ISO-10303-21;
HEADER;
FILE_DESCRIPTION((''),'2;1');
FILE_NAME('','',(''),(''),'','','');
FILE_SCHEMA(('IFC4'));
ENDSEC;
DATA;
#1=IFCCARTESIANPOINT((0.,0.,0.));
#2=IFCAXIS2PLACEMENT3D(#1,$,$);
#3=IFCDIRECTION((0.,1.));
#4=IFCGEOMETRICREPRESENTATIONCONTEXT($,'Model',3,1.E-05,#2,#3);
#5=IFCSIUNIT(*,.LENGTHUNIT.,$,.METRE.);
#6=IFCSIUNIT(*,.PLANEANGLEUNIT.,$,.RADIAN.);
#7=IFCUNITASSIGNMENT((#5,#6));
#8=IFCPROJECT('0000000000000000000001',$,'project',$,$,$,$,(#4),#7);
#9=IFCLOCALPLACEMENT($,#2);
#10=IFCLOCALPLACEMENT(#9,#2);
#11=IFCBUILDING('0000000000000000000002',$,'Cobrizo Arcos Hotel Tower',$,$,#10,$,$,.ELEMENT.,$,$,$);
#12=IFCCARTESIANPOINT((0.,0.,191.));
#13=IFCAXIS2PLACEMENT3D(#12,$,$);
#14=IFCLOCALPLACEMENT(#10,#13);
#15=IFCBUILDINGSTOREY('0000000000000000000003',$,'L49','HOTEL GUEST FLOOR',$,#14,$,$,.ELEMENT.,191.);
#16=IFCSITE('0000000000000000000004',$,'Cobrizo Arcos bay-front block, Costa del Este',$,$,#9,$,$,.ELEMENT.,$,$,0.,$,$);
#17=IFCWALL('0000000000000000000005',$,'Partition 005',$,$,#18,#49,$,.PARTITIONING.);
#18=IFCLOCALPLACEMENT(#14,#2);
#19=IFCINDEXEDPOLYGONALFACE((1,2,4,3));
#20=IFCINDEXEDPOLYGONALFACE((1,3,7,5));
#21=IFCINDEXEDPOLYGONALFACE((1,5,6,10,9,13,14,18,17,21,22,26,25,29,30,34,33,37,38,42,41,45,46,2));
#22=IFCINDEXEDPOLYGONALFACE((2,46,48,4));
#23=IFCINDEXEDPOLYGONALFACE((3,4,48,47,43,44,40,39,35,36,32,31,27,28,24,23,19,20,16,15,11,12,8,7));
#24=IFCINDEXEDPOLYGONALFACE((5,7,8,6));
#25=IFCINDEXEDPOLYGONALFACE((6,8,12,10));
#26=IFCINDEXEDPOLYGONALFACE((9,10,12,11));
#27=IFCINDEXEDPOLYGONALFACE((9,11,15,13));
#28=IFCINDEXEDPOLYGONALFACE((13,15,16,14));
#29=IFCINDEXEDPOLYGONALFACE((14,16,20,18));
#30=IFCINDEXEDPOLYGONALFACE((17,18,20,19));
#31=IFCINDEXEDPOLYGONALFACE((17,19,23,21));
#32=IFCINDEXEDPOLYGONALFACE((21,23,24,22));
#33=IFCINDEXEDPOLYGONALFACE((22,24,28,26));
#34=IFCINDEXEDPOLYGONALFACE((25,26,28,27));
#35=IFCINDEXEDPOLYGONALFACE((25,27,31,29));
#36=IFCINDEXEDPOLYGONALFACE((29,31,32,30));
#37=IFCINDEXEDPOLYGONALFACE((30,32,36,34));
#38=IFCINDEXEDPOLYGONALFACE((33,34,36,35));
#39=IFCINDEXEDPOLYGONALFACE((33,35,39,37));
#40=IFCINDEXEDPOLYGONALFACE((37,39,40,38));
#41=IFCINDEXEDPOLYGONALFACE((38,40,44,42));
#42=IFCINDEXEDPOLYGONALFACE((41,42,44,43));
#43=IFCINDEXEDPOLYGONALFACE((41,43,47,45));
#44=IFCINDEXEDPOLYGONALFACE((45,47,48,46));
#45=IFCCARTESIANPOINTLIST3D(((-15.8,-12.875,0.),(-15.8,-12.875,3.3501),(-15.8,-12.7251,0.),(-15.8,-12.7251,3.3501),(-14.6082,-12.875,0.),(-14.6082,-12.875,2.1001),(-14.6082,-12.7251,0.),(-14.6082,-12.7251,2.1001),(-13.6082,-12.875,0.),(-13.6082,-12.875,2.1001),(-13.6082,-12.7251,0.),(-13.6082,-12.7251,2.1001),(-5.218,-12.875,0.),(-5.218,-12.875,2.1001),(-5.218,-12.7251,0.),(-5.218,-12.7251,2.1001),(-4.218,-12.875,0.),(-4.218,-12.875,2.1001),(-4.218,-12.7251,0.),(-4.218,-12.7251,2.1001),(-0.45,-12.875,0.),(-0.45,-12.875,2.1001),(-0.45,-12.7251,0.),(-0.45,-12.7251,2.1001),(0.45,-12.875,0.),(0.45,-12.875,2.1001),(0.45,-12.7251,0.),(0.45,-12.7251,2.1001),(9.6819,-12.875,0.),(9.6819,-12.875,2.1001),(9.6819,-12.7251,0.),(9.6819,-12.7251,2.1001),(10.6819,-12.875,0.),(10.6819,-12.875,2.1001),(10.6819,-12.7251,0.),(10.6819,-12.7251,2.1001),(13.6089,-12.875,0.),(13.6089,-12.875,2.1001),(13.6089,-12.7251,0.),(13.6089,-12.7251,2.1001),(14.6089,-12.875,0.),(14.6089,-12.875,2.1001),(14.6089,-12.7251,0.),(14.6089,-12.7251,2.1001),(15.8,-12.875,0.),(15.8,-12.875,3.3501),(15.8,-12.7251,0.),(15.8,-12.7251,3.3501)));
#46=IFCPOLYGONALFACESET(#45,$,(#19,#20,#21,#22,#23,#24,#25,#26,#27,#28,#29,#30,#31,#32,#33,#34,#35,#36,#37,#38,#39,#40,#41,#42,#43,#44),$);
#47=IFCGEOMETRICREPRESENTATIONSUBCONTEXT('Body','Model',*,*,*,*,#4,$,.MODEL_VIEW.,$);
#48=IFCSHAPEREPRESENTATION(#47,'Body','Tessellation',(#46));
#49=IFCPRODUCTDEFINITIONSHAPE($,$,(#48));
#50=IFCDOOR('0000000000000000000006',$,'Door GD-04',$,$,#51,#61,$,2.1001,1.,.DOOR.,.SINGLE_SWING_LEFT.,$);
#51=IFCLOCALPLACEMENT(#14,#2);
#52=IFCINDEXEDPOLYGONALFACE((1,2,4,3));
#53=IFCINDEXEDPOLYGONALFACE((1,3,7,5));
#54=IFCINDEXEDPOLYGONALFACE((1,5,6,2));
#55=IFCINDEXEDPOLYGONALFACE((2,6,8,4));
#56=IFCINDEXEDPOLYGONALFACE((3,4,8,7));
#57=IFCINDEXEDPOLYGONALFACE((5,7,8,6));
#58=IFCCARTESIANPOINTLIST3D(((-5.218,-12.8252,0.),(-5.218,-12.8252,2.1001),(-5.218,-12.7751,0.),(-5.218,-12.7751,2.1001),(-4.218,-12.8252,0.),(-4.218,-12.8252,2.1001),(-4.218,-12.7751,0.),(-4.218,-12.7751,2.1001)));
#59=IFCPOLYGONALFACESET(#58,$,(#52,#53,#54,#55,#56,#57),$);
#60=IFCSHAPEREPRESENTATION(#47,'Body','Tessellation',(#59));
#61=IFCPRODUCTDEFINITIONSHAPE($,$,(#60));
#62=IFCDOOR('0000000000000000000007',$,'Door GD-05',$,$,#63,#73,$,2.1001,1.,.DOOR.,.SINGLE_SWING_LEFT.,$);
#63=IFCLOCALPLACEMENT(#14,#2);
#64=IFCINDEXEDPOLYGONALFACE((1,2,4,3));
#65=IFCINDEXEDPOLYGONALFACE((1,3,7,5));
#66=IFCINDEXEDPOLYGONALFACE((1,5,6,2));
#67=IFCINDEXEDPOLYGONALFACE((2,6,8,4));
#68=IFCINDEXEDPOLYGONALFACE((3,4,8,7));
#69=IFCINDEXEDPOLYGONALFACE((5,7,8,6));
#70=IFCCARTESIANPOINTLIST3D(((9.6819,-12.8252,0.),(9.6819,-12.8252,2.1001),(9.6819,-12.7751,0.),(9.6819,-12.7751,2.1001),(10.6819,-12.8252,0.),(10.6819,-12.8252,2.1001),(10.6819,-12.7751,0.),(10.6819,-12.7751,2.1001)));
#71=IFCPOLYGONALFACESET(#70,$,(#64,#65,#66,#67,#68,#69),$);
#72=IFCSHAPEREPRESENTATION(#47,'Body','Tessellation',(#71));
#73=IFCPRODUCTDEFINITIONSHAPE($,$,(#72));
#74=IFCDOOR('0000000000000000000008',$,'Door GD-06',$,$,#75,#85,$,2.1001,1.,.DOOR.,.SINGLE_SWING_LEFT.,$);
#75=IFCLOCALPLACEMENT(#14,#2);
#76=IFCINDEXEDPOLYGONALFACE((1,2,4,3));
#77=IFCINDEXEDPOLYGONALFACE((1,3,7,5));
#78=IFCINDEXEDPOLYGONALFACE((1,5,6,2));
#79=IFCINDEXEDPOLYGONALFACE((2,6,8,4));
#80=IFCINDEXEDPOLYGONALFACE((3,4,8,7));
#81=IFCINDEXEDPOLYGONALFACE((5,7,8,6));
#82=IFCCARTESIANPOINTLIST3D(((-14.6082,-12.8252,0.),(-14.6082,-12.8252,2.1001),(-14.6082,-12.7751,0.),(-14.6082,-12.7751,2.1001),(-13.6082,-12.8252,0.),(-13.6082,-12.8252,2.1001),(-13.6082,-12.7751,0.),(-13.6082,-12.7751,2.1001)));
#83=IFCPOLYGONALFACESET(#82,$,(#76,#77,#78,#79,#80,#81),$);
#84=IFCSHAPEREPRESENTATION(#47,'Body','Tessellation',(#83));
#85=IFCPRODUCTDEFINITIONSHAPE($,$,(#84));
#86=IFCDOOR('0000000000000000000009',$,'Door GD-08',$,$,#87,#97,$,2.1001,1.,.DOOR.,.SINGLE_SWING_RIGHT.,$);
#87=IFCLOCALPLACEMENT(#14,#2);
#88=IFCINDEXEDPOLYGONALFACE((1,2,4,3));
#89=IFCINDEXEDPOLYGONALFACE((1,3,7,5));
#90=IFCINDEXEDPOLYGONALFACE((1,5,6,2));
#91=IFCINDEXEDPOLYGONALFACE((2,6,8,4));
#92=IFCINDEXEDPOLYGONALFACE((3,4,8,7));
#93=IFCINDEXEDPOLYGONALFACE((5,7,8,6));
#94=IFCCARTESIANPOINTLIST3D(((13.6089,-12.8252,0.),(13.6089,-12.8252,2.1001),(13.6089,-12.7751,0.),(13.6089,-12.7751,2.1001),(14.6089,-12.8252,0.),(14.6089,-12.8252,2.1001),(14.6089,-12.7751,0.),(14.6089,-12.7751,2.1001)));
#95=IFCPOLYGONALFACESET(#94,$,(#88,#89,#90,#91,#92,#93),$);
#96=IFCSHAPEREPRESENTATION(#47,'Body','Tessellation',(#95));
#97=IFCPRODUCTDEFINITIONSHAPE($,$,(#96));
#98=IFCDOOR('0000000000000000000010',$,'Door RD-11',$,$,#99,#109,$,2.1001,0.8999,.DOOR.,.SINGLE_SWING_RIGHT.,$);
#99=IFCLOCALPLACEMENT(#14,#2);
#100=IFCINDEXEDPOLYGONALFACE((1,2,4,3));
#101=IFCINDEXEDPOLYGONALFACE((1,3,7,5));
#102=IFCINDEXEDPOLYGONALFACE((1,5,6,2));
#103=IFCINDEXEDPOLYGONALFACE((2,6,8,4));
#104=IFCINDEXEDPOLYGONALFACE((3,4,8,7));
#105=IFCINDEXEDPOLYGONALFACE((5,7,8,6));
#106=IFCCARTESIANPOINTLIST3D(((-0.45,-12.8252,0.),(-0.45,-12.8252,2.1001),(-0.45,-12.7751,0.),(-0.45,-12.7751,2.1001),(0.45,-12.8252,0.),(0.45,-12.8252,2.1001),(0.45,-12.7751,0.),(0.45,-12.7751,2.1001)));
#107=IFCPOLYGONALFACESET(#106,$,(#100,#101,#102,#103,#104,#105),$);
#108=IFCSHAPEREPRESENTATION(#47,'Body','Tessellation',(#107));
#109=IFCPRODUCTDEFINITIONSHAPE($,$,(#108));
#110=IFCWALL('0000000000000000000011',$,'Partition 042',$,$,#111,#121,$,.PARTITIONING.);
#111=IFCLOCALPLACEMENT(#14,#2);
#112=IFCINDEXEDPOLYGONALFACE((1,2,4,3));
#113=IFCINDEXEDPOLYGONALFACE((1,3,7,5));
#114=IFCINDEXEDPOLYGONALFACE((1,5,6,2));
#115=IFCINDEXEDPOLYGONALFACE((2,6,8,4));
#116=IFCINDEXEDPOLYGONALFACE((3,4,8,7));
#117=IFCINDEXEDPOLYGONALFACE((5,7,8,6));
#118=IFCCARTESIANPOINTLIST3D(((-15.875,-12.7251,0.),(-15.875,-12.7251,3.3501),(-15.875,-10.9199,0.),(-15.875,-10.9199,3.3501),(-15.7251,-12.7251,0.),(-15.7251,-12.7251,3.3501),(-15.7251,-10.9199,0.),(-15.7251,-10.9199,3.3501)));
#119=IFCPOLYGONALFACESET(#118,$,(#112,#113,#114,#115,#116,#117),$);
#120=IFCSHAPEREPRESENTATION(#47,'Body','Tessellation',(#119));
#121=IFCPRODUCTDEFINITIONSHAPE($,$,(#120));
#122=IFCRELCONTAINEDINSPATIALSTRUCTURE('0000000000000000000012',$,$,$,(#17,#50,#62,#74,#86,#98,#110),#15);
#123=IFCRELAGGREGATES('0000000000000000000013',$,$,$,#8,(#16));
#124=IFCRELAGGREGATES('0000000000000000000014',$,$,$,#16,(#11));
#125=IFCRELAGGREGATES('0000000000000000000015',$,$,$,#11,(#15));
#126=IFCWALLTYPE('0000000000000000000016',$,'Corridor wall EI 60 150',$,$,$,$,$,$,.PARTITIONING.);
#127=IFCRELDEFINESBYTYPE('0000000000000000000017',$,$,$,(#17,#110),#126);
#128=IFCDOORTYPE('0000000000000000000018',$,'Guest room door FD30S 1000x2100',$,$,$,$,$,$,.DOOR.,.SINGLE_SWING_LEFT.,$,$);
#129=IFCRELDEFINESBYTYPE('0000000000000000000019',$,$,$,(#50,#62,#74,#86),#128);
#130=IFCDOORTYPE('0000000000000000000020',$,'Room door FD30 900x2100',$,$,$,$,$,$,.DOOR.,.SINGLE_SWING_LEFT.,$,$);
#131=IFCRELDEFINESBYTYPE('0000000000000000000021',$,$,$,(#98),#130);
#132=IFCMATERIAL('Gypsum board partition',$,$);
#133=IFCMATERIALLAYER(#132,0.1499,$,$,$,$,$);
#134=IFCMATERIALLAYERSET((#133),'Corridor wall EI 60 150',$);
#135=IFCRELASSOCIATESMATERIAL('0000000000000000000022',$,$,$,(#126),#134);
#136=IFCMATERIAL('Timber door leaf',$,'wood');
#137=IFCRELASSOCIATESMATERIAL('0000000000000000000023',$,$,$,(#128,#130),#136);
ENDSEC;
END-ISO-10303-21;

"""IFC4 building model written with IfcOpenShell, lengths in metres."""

from ifc_helpers import new_model, si_unit, direction, frame, frame_2d, origin, place, context, subcontext, project, spatial, rectangle, extrude, material, layer, layer_set, type_object, element, fill, save


model = new_model("IFC4")

# Units and contexts
model_context = context("Model", 3, precision=1e-05, world=origin(), true_north=direction((0.0, 1.0)))
body_context = subcontext(model_context, "Body", "Model", "MODEL_VIEW")
ifc_project = project(units=[si_unit("LENGTHUNIT", "METRE"), si_unit("PLANEANGLEUNIT", "RADIAN")], contexts=[model_context])

# Site, building, storey
site_placement = place(None, origin())
site = spatial("IfcSite", under=ifc_project, at=site_placement, Name="Cobrizo Arcos bay-front block, Costa del Este", CompositionType="ELEMENT", RefElevation=0.0)
building_placement = place(site_placement, origin())
building = spatial("IfcBuilding", under=site, at=building_placement, Name="Cobrizo Arcos Hotel Tower", CompositionType="ELEMENT")
storey_placement = place(building_placement, frame((0.0, 0.0, 191.0)))
storey = spatial("IfcBuildingStorey", under=building, at=storey_placement, Name="L49", Description="HOTEL GUEST FLOOR", CompositionType="ELEMENT", Elevation=191.0)

# Wall, openings, doors
ifc_material_1 = material(Name="Gypsum board partition")
ifc_layer_1 = layer(ifc_material_1, 0.1499)
ifc_layer_set_1 = layer_set([ifc_layer_1], Name="Corridor wall EI 60 150")
wall_type_1 = type_object("IfcWallType", Name="Corridor wall EI 60 150", PredefinedType="PARTITIONING", material=ifc_layer_set_1)
wall_1_placement = place(storey_placement, frame((-15.8, -12.8, 0.0), z_axis=(0.0, 0.0, 1.0), x_axis=(1.0, 0.0, 0.0)))
wall_1 = element("IfcWall", 1, at=wall_1_placement, inside=storey, type_object=wall_type_1, Name="Partition 005", PredefinedType="PARTITIONING", context=body_context, shape_type="SweptSolid", body=[
    extrude(rectangle(XDim=31.6001, YDim=0.1499, at=frame_2d((15.8, 0.0))), origin(), (0.0, 0.0, 1.0), 3.3501),
])
opening_1_placement = place(wall_1_placement, frame((10.582, 0.0, 0.0)))
opening_1 = element("IfcOpeningElement", 2, at=opening_1_placement, cuts=wall_1, PredefinedType="OPENING", context=body_context, shape_type="SweptSolid", body=[
    extrude(rectangle(XDim=1.0, YDim=2.1001, at=frame_2d((0.5, 1.05))), frame((0.0, 0.0869, 0.0), z_axis=(0.0, -1.0, 0.0), x_axis=(1.0, 0.0, 0.0)), (0.0, 0.0, 1.0), 0.1738),
])
opening_2_placement = place(wall_1_placement, frame((15.3501, 0.0, 0.0)))
opening_2 = element("IfcOpeningElement", 3, at=opening_2_placement, cuts=wall_1, PredefinedType="OPENING", context=body_context, shape_type="SweptSolid", body=[
    extrude(rectangle(XDim=0.8999, YDim=2.1001, at=frame_2d((0.45, 1.05))), frame((0.0, 0.0869, 0.0), z_axis=(0.0, -1.0, 0.0), x_axis=(1.0, 0.0, 0.0)), (0.0, 0.0, 1.0), 0.1738),
])
opening_3_placement = place(wall_1_placement, frame((25.4819, 0.0, 0.0)))
opening_3 = element("IfcOpeningElement", 4, at=opening_3_placement, cuts=wall_1, PredefinedType="OPENING", context=body_context, shape_type="SweptSolid", body=[
    extrude(rectangle(XDim=1.0, YDim=2.1001, at=frame_2d((0.5, 1.05))), frame((0.0, 0.0869, 0.0), z_axis=(0.0, -1.0, 0.0), x_axis=(1.0, 0.0, 0.0)), (0.0, 0.0, 1.0), 0.1738),
])
opening_4_placement = place(wall_1_placement, frame((1.1919, 0.0, 0.0)))
opening_4 = element("IfcOpeningElement", 5, at=opening_4_placement, cuts=wall_1, PredefinedType="OPENING", context=body_context, shape_type="SweptSolid", body=[
    extrude(rectangle(XDim=1.0, YDim=2.1001, at=frame_2d((0.5, 1.05))), frame((0.0, 0.0869, 0.0), z_axis=(0.0, -1.0, 0.0), x_axis=(1.0, 0.0, 0.0)), (0.0, 0.0, 1.0), 0.1738),
])
opening_5_placement = place(wall_1_placement, frame((29.4089, 0.0, 0.0)))
opening_5 = element("IfcOpeningElement", 6, at=opening_5_placement, cuts=wall_1, PredefinedType="OPENING", context=body_context, shape_type="SweptSolid", body=[
    extrude(rectangle(XDim=1.0, YDim=2.1001, at=frame_2d((0.5, 1.05))), frame((0.0, 0.0869, 0.0), z_axis=(0.0, -1.0, 0.0), x_axis=(1.0, 0.0, 0.0)), (0.0, 0.0, 1.0), 0.1738),
])
ifc_material_2 = material(Name="Timber door leaf", Category="wood")
door_type_1 = type_object("IfcDoorType", Name="Guest room door FD30S 1000x2100", OperationType="SINGLE_SWING_LEFT", PredefinedType="DOOR", material=ifc_material_2)
door_1_placement = place(opening_1_placement, origin())
door_1 = element("IfcDoor", 7, at=door_1_placement, inside=storey, type_object=door_type_1, Name="Door GD-04", OperationType="SINGLE_SWING_LEFT", OverallHeight=2.1001, OverallWidth=1.0, PredefinedType="DOOR", context=body_context, shape_type="SweptSolid", body=[
    extrude(rectangle(XDim=1.0, YDim=2.1001, at=frame_2d((0.5, 1.05))), frame((0.0, 0.0249, 0.0), z_axis=(0.0, -1.0, 0.0), x_axis=(1.0, 0.0, 0.0)), (0.0, 0.0, 1.0), 0.05),
])
fill(opening_1, door_1)
door_2_placement = place(opening_3_placement, origin())
door_2 = element("IfcDoor", 8, at=door_2_placement, inside=storey, type_object=door_type_1, Name="Door GD-05", OperationType="SINGLE_SWING_LEFT", OverallHeight=2.1001, OverallWidth=1.0, PredefinedType="DOOR", context=body_context, shape_type="SweptSolid", body=[
    extrude(rectangle(XDim=1.0, YDim=2.1001, at=frame_2d((0.5, 1.05))), frame((0.0, 0.0249, 0.0), z_axis=(0.0, -1.0, 0.0), x_axis=(1.0, 0.0, 0.0)), (0.0, 0.0, 1.0), 0.05),
])
fill(opening_3, door_2)
door_3_placement = place(opening_4_placement, origin())
door_3 = element("IfcDoor", 9, at=door_3_placement, inside=storey, type_object=door_type_1, Name="Door GD-06", OperationType="SINGLE_SWING_LEFT", OverallHeight=2.1001, OverallWidth=1.0, PredefinedType="DOOR", context=body_context, shape_type="SweptSolid", body=[
    extrude(rectangle(XDim=1.0, YDim=2.1001, at=frame_2d((0.5, 1.05))), frame((0.0, 0.0249, 0.0), z_axis=(0.0, -1.0, 0.0), x_axis=(1.0, 0.0, 0.0)), (0.0, 0.0, 1.0), 0.05),
])
fill(opening_4, door_3)
door_4_placement = place(opening_5_placement, origin())
door_4 = element("IfcDoor", 10, at=door_4_placement, inside=storey, type_object=door_type_1, Name="Door GD-08", OperationType="SINGLE_SWING_RIGHT", OverallHeight=2.1001, OverallWidth=1.0, PredefinedType="DOOR", context=body_context, shape_type="SweptSolid", body=[
    extrude(rectangle(XDim=1.0, YDim=2.1001, at=frame_2d((0.5, 1.05))), frame((0.0, 0.0249, 0.0), z_axis=(0.0, -1.0, 0.0), x_axis=(1.0, 0.0, 0.0)), (0.0, 0.0, 1.0), 0.05),
])
fill(opening_5, door_4)
door_type_2 = type_object("IfcDoorType", Name="Room door FD30 900x2100", OperationType="SINGLE_SWING_LEFT", PredefinedType="DOOR", material=ifc_material_2)
door_5_placement = place(opening_2_placement, origin())
door_5 = element("IfcDoor", 11, at=door_5_placement, inside=storey, type_object=door_type_2, Name="Door RD-11", OperationType="SINGLE_SWING_RIGHT", OverallHeight=2.1001, OverallWidth=0.8999, PredefinedType="DOOR", context=body_context, shape_type="SweptSolid", body=[
    extrude(rectangle(XDim=0.8999, YDim=2.1001, at=frame_2d((0.45, 1.05))), frame((0.0, 0.0249, 0.0), z_axis=(0.0, -1.0, 0.0), x_axis=(1.0, 0.0, 0.0)), (0.0, 0.0, 1.0), 0.05),
])
fill(opening_2, door_5)

# Wall
wall_2_placement = place(storey_placement, frame((-15.8, -12.7251, 0.0), z_axis=(0.0, 0.0, 1.0), x_axis=(0.0, 1.0, 0.0)))
element("IfcWall", 12, at=wall_2_placement, inside=storey, type_object=wall_type_1, Name="Partition 042", PredefinedType="PARTITIONING", context=body_context, shape_type="SweptSolid", body=[
    extrude(rectangle(XDim=1.8052, YDim=0.1499, at=frame_2d((0.9026, 0.0))), origin(), (0.0, 0.0, 1.0), 3.3501),
])

save(model, "model.ifc")
